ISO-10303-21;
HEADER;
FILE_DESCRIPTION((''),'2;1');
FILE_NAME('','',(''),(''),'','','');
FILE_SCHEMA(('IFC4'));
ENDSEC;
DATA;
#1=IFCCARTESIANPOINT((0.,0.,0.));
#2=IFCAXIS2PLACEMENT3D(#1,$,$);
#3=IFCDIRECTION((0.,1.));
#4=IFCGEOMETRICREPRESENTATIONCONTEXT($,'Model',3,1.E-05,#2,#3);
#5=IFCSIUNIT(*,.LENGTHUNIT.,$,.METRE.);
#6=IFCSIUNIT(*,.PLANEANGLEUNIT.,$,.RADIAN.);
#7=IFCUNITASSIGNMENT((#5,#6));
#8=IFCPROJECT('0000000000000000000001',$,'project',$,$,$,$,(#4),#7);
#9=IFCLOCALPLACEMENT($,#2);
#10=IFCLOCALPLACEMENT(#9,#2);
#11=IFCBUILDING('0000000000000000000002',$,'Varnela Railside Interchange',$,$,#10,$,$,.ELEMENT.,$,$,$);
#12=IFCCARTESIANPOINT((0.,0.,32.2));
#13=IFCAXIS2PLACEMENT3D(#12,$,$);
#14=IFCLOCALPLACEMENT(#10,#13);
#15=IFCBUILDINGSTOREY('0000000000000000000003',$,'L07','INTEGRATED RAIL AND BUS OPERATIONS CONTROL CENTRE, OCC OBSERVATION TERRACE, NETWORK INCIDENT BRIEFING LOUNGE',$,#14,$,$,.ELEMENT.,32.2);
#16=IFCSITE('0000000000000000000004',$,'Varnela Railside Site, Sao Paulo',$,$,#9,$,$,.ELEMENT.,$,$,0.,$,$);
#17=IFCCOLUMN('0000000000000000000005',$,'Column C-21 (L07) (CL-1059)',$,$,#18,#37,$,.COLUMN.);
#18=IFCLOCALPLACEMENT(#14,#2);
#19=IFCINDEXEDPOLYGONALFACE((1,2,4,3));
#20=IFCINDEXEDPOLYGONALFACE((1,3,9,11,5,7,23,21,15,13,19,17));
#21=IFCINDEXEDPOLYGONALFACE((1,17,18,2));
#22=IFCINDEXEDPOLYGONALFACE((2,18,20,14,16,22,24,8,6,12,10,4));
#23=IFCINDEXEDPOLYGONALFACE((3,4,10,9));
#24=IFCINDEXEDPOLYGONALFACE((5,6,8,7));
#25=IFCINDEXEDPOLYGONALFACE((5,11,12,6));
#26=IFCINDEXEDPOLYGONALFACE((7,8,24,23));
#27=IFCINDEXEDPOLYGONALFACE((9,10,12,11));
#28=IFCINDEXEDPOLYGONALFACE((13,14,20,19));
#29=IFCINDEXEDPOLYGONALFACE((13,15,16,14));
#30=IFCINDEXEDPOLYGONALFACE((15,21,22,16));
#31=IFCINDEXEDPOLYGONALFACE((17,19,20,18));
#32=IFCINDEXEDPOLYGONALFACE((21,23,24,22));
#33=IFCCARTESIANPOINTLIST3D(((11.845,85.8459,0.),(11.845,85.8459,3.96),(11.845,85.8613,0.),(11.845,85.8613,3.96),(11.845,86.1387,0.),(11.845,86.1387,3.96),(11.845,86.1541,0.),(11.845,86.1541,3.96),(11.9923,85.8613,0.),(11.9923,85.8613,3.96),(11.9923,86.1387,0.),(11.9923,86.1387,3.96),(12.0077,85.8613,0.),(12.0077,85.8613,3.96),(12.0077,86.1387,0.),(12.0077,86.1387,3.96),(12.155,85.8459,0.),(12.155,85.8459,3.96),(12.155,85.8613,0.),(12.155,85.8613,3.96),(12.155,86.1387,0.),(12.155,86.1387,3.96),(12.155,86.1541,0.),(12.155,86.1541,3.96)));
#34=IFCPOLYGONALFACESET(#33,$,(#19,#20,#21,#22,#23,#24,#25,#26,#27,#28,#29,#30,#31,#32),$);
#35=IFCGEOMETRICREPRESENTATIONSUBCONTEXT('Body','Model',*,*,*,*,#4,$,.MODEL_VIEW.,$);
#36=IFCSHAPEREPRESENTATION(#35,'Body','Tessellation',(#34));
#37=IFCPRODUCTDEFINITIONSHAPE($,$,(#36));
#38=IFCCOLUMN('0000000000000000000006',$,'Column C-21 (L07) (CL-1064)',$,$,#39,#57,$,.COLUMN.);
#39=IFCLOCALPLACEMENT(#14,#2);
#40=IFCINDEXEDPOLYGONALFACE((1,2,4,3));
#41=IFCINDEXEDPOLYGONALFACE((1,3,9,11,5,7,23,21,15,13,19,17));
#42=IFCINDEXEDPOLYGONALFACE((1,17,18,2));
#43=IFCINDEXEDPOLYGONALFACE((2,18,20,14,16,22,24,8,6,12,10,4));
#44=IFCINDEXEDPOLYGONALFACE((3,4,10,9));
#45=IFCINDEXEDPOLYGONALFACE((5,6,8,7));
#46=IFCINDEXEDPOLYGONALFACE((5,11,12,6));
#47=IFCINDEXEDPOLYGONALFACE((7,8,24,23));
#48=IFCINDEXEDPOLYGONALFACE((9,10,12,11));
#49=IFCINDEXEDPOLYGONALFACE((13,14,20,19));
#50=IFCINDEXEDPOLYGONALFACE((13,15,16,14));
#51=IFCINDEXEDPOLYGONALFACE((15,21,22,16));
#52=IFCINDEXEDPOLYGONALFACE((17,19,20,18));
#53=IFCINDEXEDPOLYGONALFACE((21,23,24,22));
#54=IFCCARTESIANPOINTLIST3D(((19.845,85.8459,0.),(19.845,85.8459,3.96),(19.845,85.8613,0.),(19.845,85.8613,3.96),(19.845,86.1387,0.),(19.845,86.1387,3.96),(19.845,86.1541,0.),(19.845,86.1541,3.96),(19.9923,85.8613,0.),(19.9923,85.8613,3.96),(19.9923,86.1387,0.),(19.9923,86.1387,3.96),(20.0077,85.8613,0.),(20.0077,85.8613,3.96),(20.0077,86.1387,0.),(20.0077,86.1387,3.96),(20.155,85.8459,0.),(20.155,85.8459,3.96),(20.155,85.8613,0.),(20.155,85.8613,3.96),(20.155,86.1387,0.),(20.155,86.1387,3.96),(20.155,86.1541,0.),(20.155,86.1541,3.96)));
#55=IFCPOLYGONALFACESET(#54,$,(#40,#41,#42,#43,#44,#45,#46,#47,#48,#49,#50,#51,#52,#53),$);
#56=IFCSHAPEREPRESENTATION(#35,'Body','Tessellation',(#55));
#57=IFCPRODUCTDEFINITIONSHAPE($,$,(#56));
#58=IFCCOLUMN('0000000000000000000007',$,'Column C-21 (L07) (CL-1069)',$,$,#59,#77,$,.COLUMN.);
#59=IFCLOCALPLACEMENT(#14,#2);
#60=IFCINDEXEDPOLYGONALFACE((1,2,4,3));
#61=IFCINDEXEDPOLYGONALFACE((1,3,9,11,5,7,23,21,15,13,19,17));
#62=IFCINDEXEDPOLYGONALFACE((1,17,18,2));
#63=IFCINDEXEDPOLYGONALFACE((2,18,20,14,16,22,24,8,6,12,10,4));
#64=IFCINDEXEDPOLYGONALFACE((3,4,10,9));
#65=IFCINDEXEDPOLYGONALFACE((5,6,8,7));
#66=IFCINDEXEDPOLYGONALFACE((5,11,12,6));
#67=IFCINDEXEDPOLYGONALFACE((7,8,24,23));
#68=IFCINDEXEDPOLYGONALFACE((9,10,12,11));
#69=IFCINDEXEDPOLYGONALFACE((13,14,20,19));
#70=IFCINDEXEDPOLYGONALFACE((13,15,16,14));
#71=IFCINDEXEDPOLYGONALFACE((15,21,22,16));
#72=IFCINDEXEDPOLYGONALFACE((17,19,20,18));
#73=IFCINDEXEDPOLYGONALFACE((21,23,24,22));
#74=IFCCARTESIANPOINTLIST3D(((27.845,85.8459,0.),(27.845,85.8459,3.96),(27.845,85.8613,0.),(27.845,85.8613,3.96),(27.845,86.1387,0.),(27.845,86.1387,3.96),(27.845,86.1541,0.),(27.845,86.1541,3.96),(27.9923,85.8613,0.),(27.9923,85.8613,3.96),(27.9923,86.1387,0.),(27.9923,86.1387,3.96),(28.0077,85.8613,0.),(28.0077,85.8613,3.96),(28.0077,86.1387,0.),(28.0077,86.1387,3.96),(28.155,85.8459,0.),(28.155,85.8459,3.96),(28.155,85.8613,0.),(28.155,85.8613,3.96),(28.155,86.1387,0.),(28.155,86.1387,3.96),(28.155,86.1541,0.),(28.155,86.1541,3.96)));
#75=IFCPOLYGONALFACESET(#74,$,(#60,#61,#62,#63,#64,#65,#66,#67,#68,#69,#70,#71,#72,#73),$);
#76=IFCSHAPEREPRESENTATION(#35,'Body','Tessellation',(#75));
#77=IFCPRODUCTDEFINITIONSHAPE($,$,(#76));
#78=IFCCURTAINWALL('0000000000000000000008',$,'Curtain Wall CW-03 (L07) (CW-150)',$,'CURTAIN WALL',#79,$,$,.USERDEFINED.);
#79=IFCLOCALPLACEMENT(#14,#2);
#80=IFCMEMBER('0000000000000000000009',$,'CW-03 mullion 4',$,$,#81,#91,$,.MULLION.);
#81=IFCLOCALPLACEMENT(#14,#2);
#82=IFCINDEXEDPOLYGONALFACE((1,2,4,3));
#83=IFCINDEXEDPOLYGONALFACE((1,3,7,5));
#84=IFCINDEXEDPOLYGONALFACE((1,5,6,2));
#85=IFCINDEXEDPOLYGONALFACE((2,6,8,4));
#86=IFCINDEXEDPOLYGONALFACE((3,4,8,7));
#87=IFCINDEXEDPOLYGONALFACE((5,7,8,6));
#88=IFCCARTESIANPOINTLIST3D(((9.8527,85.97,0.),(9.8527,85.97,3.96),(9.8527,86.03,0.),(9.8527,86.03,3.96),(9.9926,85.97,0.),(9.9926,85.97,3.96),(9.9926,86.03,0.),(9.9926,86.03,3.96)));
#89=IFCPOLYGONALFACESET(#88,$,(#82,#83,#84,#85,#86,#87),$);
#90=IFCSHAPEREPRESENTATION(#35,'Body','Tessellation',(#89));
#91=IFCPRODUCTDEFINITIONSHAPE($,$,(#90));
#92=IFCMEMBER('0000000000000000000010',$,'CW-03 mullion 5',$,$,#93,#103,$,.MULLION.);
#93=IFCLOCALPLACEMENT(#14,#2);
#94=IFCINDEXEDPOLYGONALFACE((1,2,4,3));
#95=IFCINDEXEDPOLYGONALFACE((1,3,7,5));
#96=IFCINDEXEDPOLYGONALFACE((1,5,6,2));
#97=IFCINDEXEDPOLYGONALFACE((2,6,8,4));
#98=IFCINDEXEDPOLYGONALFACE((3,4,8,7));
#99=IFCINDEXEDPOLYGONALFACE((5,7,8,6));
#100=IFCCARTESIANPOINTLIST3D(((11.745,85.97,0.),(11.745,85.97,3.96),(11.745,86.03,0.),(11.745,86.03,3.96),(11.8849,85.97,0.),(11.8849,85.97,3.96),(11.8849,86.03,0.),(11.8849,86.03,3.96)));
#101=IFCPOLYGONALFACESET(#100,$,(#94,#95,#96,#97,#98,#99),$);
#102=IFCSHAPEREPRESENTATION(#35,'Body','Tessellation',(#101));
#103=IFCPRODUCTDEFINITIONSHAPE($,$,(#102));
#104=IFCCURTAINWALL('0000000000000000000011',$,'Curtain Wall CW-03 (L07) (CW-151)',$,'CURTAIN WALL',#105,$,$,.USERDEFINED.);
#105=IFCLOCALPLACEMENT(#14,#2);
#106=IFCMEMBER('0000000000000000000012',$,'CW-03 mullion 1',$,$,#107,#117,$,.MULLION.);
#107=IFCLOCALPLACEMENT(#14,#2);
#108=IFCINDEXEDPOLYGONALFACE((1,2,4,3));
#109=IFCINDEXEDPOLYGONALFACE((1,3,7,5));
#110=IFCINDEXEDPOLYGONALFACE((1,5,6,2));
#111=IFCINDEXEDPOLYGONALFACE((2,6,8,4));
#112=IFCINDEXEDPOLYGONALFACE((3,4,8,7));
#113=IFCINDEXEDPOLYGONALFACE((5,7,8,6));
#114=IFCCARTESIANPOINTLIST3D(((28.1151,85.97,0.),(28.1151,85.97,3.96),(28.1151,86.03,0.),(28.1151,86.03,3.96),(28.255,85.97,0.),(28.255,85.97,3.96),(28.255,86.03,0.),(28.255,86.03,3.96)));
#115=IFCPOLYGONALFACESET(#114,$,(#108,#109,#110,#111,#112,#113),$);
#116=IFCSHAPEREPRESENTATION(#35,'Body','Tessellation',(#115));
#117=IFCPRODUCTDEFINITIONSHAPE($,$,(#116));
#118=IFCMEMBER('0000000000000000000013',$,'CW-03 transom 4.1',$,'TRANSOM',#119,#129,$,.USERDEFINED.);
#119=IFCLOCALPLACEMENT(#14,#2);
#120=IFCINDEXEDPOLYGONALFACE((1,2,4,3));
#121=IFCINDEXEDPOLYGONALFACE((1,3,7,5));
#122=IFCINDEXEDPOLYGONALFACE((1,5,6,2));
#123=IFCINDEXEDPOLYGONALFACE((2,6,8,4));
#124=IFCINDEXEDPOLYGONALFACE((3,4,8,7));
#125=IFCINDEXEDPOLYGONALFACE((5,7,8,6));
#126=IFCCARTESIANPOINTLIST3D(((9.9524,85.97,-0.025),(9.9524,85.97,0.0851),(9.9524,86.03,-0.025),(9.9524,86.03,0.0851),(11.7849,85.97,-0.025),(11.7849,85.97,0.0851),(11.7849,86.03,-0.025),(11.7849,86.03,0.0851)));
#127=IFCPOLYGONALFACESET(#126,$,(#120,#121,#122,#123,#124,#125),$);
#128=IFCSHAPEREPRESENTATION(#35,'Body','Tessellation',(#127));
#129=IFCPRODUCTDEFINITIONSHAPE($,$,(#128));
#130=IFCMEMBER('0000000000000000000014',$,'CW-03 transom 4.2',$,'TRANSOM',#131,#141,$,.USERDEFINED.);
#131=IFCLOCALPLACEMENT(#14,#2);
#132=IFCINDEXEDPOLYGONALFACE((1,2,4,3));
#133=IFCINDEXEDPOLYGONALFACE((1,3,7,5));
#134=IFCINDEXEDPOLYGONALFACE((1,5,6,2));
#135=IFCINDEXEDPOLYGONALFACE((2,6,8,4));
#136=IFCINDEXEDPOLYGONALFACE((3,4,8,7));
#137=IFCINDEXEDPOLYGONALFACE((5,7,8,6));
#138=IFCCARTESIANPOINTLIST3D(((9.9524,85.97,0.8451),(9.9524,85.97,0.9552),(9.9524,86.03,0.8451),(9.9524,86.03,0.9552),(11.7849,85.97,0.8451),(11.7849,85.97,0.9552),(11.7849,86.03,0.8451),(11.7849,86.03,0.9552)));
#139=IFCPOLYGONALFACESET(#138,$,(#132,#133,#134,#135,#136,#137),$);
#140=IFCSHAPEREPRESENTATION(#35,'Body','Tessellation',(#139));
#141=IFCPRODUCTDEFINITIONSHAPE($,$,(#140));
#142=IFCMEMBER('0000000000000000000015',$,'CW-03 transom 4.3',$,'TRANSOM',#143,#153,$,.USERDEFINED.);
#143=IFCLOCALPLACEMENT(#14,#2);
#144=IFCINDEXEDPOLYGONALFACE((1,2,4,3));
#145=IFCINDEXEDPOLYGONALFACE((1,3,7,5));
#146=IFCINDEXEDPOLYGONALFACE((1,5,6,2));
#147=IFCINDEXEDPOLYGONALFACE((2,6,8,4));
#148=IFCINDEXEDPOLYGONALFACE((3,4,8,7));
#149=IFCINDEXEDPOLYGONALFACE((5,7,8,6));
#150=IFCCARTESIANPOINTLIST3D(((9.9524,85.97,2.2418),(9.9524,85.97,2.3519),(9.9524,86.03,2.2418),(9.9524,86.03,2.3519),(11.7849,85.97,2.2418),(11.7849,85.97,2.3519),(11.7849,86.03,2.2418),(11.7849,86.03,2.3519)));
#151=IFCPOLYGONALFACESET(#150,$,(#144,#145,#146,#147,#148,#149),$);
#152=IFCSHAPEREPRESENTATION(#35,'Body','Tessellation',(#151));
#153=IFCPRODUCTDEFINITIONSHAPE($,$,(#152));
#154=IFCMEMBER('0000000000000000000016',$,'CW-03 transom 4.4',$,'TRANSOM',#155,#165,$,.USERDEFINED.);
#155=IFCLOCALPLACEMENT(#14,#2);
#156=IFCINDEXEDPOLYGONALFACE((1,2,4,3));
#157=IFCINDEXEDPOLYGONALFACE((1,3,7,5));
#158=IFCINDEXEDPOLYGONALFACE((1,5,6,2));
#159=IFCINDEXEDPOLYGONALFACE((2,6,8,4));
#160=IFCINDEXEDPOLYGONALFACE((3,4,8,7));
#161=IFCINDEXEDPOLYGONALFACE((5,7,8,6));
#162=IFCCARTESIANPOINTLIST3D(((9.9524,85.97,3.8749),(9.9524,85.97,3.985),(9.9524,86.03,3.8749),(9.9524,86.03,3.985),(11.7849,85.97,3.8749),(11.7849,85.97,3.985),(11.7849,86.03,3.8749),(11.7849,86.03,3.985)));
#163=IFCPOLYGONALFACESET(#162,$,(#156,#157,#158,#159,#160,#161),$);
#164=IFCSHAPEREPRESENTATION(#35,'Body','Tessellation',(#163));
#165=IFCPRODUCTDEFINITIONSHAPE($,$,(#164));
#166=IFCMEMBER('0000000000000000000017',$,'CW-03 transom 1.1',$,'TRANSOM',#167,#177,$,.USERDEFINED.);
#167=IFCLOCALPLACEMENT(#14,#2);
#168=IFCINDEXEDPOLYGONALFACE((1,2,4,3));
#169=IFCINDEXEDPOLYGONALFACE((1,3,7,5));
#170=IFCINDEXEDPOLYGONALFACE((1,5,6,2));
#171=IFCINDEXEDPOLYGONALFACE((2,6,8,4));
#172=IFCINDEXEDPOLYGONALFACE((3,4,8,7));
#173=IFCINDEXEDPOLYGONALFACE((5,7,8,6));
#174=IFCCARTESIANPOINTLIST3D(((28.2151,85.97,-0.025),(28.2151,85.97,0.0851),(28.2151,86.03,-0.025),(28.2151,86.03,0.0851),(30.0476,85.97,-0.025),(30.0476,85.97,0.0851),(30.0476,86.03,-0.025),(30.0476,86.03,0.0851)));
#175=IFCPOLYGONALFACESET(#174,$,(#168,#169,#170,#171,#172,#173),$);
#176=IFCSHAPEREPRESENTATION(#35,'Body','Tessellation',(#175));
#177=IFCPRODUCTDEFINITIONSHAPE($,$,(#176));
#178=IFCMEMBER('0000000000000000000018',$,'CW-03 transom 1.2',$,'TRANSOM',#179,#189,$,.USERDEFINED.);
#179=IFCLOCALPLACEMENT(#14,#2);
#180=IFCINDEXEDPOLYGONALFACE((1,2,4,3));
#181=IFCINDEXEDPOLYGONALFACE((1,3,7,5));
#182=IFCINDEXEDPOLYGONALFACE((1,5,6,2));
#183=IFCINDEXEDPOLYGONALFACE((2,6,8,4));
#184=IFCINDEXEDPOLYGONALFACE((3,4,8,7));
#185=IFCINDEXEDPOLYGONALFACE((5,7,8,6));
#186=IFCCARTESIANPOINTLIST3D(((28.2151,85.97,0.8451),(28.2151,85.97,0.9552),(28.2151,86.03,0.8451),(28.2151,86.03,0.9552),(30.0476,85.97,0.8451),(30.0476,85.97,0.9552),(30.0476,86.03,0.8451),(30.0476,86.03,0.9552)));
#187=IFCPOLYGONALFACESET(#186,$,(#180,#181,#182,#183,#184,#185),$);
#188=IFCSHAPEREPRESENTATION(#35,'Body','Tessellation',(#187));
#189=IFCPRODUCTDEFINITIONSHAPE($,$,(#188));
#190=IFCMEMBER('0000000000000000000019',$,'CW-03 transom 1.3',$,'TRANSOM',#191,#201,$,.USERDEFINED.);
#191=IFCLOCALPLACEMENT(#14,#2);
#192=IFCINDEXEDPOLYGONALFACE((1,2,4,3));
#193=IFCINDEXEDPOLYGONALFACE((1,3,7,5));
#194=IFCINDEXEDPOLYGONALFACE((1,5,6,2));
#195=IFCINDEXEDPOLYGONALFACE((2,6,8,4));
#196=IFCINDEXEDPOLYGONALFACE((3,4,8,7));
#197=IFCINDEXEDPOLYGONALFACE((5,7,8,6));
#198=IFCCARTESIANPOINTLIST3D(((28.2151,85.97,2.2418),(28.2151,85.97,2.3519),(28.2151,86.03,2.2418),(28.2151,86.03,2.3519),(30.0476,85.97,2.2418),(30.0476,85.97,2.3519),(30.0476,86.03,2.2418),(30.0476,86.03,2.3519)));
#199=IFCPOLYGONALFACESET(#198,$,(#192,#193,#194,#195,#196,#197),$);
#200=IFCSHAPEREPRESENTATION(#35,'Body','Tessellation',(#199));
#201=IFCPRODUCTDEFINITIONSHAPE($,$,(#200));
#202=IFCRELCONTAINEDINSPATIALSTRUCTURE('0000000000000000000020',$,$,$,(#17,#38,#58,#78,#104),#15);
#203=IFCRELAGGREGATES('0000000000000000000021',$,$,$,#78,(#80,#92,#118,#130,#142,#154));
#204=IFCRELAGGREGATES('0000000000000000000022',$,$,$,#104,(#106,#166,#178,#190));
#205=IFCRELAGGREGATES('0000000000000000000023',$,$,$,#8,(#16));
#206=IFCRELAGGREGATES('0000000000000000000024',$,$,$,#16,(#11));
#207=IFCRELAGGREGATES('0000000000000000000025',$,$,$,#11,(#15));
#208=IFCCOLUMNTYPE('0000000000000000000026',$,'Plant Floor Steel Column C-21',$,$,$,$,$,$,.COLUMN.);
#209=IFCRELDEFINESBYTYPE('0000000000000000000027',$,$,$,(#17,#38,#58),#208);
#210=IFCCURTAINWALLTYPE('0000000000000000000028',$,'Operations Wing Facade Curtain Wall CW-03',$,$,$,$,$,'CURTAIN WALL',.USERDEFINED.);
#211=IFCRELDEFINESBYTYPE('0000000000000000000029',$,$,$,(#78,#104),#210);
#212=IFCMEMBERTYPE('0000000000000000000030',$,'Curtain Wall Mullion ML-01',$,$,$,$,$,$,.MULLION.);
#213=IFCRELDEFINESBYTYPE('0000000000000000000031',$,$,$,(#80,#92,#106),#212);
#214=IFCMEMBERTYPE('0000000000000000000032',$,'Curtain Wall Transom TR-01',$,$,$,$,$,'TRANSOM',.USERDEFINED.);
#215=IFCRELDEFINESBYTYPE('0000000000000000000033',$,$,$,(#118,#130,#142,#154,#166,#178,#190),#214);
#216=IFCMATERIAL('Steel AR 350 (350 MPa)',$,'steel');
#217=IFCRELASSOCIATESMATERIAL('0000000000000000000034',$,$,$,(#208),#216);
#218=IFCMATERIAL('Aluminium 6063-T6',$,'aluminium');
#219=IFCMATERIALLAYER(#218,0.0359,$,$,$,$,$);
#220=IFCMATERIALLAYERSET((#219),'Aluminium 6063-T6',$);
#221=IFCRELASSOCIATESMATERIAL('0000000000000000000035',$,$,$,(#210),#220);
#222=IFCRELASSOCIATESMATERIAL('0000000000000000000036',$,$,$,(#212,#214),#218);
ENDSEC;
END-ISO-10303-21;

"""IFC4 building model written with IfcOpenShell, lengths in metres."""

from ifc_helpers import new_model, si_unit, direction, frame, origin, origin_2d, place, context, subcontext, project, spatial, rectangle, i_section, extrude, material, layer, layer_set, material_profile, profile_set, type_object, element, aggregate, save


model = new_model("IFC4")

# Units and contexts
model_context = context("Model", 3, precision=1e-05, world=origin(), true_north=direction((0.0, 1.0)))
body_context = subcontext(model_context, "Body", "Model", "MODEL_VIEW")
ifc_project = project(units=[si_unit("LENGTHUNIT", "METRE"), si_unit("PLANEANGLEUNIT", "RADIAN")], contexts=[model_context])

# Site, building, storey
site_placement = place(None, origin())
site = spatial("IfcSite", under=ifc_project, at=site_placement, Name="Varnela Railside Site, Sao Paulo", CompositionType="ELEMENT", RefElevation=0.0)
building_placement = place(site_placement, origin())
building = spatial("IfcBuilding", under=site, at=building_placement, Name="Varnela Railside Interchange", CompositionType="ELEMENT")
storey_placement = place(building_placement, frame((0.0, 0.0, 32.2)))
storey = spatial("IfcBuildingStorey", under=building, at=storey_placement, Name="L07", Description="INTEGRATED RAIL AND BUS OPERATIONS CONTROL CENTRE, OCC OBSERVATION TERRACE, NETWORK INCIDENT BRIEFING LOUNGE", CompositionType="ELEMENT", Elevation=32.2)

# Columns
ifc_material_1 = material(Name="Steel AR 350 (350 MPa)", Category="steel")
ifc_material_profile_1 = material_profile(ifc_material_1, i_section(OverallWidth=0.3101, OverallDepth=0.3081, WebThickness=0.0154, FlangeThickness=0.0154, at=origin_2d()), Name="HP310x110")
ifc_profile_set_1 = profile_set([ifc_material_profile_1], Name="Steel AR 350 (350 MPa)")
column_type = type_object("IfcColumnType", Name="Plant Floor Steel Column C-21", PredefinedType="COLUMN", material=ifc_profile_set_1)
for number, where, z_axis, x_axis, name in (
    (1, (12.0, 86.0, 0.0), (0.0, 0.0, 1.0), (1.0, 0.0, 0.0), "Column C-21 (L07) (CL-1059)"),
    (2, (20.0, 86.0, 0.0), (0.0, 0.0, 1.0), (1.0, 0.0, 0.0), "Column C-21 (L07) (CL-1064)"),
    (3, (28.0, 86.0, 0.0), (0.0, 0.0, 1.0), (1.0, 0.0, 0.0), "Column C-21 (L07) (CL-1069)"),
):
    element("IfcColumn", number, at=place(storey_placement, frame(where, z_axis=z_axis, x_axis=x_axis)), inside=storey, type_object=column_type, Name=name, PredefinedType="COLUMN", context=body_context, shape_type="SweptSolid", body=[
        extrude(i_section(OverallWidth=0.3101, OverallDepth=0.3081, WebThickness=0.0154, FlangeThickness=0.0154, at=origin_2d()), origin(), (0.0, 0.0, 1.0), 3.96),
    ])

# Curtain wall, members
ifc_material_2 = material(Name="Aluminium 6063-T6", Category="aluminium")
ifc_layer_1 = layer(ifc_material_2, 0.0359)
ifc_layer_set_1 = layer_set([ifc_layer_1], Name="Aluminium 6063-T6")
curtain_wall_type = type_object("IfcCurtainWallType", Name="Operations Wing Facade Curtain Wall CW-03", ElementType="CURTAIN WALL", PredefinedType="USERDEFINED", material=ifc_layer_set_1)
curtain_wall_1_placement = place(storey_placement, origin())
curtain_wall_1 = element("IfcCurtainWall", 4, at=curtain_wall_1_placement, inside=storey, type_object=curtain_wall_type, Name="Curtain Wall CW-03 (L07) (CW-150)", ObjectType="CURTAIN WALL", PredefinedType="USERDEFINED")
ifc_material_profile_2 = material_profile(ifc_material_2, rectangle(XDim=0.0601, YDim=0.1399, at=origin_2d()), Name="ALU 60x140")
ifc_profile_set_2 = profile_set([ifc_material_profile_2], Name="Aluminium 6063-T6")
member_type_1 = type_object("IfcMemberType", Name="Curtain Wall Mullion ML-01", PredefinedType="MULLION", material=ifc_profile_set_2)
member_1_placement = place(storey_placement, frame((9.9226, 86.0, 0.0), z_axis=(0.0, 0.0, 1.0), x_axis=(0.0, 1.0, 0.0)))
member_1 = element("IfcMember", 5, at=member_1_placement, type_object=member_type_1, Name="CW-03 mullion 4", PredefinedType="MULLION", context=body_context, shape_type="SweptSolid", body=[
    extrude(rectangle(XDim=0.0601, YDim=0.1399, at=origin_2d()), origin(), (0.0, 0.0, 1.0), 3.96),
])
member_2_placement = place(storey_placement, frame((11.8149, 86.0, 0.0), z_axis=(0.0, 0.0, 1.0), x_axis=(0.0, 1.0, 0.0)))
member_2 = element("IfcMember", 6, at=member_2_placement, type_object=member_type_1, Name="CW-03 mullion 5", PredefinedType="MULLION", context=body_context, shape_type="SweptSolid", body=[
    extrude(rectangle(XDim=0.0601, YDim=0.1399, at=origin_2d()), origin(), (0.0, 0.0, 1.0), 3.96),
])

# Curtain wall, member
curtain_wall_2_placement = place(storey_placement, origin())
curtain_wall_2 = element("IfcCurtainWall", 7, at=curtain_wall_2_placement, inside=storey, type_object=curtain_wall_type, Name="Curtain Wall CW-03 (L07) (CW-151)", ObjectType="CURTAIN WALL", PredefinedType="USERDEFINED")
member_3_placement = place(storey_placement, frame((28.1851, 86.0, 0.0), z_axis=(0.0, 0.0, 1.0), x_axis=(0.0, 1.0, 0.0)))
member_3 = element("IfcMember", 8, at=member_3_placement, type_object=member_type_1, Name="CW-03 mullion 1", PredefinedType="MULLION", context=body_context, shape_type="SweptSolid", body=[
    extrude(rectangle(XDim=0.0601, YDim=0.1399, at=origin_2d()), origin(), (0.0, 0.0, 1.0), 3.96),
])

# Members
ifc_material_profile_3 = material_profile(ifc_material_2, rectangle(XDim=0.0601, YDim=0.1101, at=origin_2d()), Name="ALU 60x110")
ifc_profile_set_3 = profile_set([ifc_material_profile_3], Name="Aluminium 6063-T6")
member_type_2 = type_object("IfcMemberType", Name="Curtain Wall Transom TR-01", ElementType="TRANSOM", PredefinedType="USERDEFINED", material=ifc_profile_set_3)
member_4_placement = place(storey_placement, frame((9.9524, 86.0, 0.03), z_axis=(1.0, 0.0, 0.0), x_axis=(0.0, 1.0, 0.0)))
member_4 = element("IfcMember", 9, at=member_4_placement, type_object=member_type_2, Name="CW-03 transom 4.1", ObjectType="TRANSOM", PredefinedType="USERDEFINED", context=body_context, shape_type="SweptSolid", body=[
    extrude(rectangle(XDim=0.0601, YDim=0.1101, at=origin_2d()), origin(), (0.0, 0.0, 1.0), 1.8325),
])
member_5_placement = place(storey_placement, frame((9.9524, 86.0, 0.9001), z_axis=(1.0, 0.0, 0.0), x_axis=(0.0, 1.0, 0.0)))
member_5 = element("IfcMember", 10, at=member_5_placement, type_object=member_type_2, Name="CW-03 transom 4.2", ObjectType="TRANSOM", PredefinedType="USERDEFINED", context=body_context, shape_type="SweptSolid", body=[
    extrude(rectangle(XDim=0.0601, YDim=0.1101, at=origin_2d()), origin(), (0.0, 0.0, 1.0), 1.8325),
])
member_6_placement = place(storey_placement, frame((9.9524, 86.0, 2.2969), z_axis=(1.0, 0.0, 0.0), x_axis=(0.0, 1.0, 0.0)))
member_6 = element("IfcMember", 11, at=member_6_placement, type_object=member_type_2, Name="CW-03 transom 4.3", ObjectType="TRANSOM", PredefinedType="USERDEFINED", context=body_context, shape_type="SweptSolid", body=[
    extrude(rectangle(XDim=0.0601, YDim=0.1101, at=origin_2d()), origin(), (0.0, 0.0, 1.0), 1.8325),
])
member_7_placement = place(storey_placement, frame((9.9524, 86.0, 3.9299), z_axis=(1.0, 0.0, 0.0), x_axis=(0.0, 1.0, 0.0)))
member_7 = element("IfcMember", 12, at=member_7_placement, type_object=member_type_2, Name="CW-03 transom 4.4", ObjectType="TRANSOM", PredefinedType="USERDEFINED", context=body_context, shape_type="SweptSolid", body=[
    extrude(rectangle(XDim=0.0601, YDim=0.1101, at=origin_2d()), origin(), (0.0, 0.0, 1.0), 1.8325),
])
member_8_placement = place(storey_placement, frame((28.2151, 86.0, 0.03), z_axis=(1.0, 0.0, 0.0), x_axis=(0.0, 1.0, 0.0)))
member_8 = element("IfcMember", 13, at=member_8_placement, type_object=member_type_2, Name="CW-03 transom 1.1", ObjectType="TRANSOM", PredefinedType="USERDEFINED", context=body_context, shape_type="SweptSolid", body=[
    extrude(rectangle(XDim=0.0601, YDim=0.1101, at=origin_2d()), origin(), (0.0, 0.0, 1.0), 1.8325),
])
member_9_placement = place(storey_placement, frame((28.2151, 86.0, 0.9001), z_axis=(1.0, 0.0, 0.0), x_axis=(0.0, 1.0, 0.0)))
member_9 = element("IfcMember", 14, at=member_9_placement, type_object=member_type_2, Name="CW-03 transom 1.2", ObjectType="TRANSOM", PredefinedType="USERDEFINED", context=body_context, shape_type="SweptSolid", body=[
    extrude(rectangle(XDim=0.0601, YDim=0.1101, at=origin_2d()), origin(), (0.0, 0.0, 1.0), 1.8325),
])
member_10_placement = place(storey_placement, frame((28.2151, 86.0, 2.2969), z_axis=(1.0, 0.0, 0.0), x_axis=(0.0, 1.0, 0.0)))
member_10 = element("IfcMember", 15, at=member_10_placement, type_object=member_type_2, Name="CW-03 transom 1.3", ObjectType="TRANSOM", PredefinedType="USERDEFINED", context=body_context, shape_type="SweptSolid", body=[
    extrude(rectangle(XDim=0.0601, YDim=0.1101, at=origin_2d()), origin(), (0.0, 0.0, 1.0), 1.8325),
])

aggregate(curtain_wall_1, [member_1, member_2, member_4, member_5, member_6, member_7])
aggregate(curtain_wall_2, [member_3, member_8, member_9, member_10])

save(model, "model.ifc")
